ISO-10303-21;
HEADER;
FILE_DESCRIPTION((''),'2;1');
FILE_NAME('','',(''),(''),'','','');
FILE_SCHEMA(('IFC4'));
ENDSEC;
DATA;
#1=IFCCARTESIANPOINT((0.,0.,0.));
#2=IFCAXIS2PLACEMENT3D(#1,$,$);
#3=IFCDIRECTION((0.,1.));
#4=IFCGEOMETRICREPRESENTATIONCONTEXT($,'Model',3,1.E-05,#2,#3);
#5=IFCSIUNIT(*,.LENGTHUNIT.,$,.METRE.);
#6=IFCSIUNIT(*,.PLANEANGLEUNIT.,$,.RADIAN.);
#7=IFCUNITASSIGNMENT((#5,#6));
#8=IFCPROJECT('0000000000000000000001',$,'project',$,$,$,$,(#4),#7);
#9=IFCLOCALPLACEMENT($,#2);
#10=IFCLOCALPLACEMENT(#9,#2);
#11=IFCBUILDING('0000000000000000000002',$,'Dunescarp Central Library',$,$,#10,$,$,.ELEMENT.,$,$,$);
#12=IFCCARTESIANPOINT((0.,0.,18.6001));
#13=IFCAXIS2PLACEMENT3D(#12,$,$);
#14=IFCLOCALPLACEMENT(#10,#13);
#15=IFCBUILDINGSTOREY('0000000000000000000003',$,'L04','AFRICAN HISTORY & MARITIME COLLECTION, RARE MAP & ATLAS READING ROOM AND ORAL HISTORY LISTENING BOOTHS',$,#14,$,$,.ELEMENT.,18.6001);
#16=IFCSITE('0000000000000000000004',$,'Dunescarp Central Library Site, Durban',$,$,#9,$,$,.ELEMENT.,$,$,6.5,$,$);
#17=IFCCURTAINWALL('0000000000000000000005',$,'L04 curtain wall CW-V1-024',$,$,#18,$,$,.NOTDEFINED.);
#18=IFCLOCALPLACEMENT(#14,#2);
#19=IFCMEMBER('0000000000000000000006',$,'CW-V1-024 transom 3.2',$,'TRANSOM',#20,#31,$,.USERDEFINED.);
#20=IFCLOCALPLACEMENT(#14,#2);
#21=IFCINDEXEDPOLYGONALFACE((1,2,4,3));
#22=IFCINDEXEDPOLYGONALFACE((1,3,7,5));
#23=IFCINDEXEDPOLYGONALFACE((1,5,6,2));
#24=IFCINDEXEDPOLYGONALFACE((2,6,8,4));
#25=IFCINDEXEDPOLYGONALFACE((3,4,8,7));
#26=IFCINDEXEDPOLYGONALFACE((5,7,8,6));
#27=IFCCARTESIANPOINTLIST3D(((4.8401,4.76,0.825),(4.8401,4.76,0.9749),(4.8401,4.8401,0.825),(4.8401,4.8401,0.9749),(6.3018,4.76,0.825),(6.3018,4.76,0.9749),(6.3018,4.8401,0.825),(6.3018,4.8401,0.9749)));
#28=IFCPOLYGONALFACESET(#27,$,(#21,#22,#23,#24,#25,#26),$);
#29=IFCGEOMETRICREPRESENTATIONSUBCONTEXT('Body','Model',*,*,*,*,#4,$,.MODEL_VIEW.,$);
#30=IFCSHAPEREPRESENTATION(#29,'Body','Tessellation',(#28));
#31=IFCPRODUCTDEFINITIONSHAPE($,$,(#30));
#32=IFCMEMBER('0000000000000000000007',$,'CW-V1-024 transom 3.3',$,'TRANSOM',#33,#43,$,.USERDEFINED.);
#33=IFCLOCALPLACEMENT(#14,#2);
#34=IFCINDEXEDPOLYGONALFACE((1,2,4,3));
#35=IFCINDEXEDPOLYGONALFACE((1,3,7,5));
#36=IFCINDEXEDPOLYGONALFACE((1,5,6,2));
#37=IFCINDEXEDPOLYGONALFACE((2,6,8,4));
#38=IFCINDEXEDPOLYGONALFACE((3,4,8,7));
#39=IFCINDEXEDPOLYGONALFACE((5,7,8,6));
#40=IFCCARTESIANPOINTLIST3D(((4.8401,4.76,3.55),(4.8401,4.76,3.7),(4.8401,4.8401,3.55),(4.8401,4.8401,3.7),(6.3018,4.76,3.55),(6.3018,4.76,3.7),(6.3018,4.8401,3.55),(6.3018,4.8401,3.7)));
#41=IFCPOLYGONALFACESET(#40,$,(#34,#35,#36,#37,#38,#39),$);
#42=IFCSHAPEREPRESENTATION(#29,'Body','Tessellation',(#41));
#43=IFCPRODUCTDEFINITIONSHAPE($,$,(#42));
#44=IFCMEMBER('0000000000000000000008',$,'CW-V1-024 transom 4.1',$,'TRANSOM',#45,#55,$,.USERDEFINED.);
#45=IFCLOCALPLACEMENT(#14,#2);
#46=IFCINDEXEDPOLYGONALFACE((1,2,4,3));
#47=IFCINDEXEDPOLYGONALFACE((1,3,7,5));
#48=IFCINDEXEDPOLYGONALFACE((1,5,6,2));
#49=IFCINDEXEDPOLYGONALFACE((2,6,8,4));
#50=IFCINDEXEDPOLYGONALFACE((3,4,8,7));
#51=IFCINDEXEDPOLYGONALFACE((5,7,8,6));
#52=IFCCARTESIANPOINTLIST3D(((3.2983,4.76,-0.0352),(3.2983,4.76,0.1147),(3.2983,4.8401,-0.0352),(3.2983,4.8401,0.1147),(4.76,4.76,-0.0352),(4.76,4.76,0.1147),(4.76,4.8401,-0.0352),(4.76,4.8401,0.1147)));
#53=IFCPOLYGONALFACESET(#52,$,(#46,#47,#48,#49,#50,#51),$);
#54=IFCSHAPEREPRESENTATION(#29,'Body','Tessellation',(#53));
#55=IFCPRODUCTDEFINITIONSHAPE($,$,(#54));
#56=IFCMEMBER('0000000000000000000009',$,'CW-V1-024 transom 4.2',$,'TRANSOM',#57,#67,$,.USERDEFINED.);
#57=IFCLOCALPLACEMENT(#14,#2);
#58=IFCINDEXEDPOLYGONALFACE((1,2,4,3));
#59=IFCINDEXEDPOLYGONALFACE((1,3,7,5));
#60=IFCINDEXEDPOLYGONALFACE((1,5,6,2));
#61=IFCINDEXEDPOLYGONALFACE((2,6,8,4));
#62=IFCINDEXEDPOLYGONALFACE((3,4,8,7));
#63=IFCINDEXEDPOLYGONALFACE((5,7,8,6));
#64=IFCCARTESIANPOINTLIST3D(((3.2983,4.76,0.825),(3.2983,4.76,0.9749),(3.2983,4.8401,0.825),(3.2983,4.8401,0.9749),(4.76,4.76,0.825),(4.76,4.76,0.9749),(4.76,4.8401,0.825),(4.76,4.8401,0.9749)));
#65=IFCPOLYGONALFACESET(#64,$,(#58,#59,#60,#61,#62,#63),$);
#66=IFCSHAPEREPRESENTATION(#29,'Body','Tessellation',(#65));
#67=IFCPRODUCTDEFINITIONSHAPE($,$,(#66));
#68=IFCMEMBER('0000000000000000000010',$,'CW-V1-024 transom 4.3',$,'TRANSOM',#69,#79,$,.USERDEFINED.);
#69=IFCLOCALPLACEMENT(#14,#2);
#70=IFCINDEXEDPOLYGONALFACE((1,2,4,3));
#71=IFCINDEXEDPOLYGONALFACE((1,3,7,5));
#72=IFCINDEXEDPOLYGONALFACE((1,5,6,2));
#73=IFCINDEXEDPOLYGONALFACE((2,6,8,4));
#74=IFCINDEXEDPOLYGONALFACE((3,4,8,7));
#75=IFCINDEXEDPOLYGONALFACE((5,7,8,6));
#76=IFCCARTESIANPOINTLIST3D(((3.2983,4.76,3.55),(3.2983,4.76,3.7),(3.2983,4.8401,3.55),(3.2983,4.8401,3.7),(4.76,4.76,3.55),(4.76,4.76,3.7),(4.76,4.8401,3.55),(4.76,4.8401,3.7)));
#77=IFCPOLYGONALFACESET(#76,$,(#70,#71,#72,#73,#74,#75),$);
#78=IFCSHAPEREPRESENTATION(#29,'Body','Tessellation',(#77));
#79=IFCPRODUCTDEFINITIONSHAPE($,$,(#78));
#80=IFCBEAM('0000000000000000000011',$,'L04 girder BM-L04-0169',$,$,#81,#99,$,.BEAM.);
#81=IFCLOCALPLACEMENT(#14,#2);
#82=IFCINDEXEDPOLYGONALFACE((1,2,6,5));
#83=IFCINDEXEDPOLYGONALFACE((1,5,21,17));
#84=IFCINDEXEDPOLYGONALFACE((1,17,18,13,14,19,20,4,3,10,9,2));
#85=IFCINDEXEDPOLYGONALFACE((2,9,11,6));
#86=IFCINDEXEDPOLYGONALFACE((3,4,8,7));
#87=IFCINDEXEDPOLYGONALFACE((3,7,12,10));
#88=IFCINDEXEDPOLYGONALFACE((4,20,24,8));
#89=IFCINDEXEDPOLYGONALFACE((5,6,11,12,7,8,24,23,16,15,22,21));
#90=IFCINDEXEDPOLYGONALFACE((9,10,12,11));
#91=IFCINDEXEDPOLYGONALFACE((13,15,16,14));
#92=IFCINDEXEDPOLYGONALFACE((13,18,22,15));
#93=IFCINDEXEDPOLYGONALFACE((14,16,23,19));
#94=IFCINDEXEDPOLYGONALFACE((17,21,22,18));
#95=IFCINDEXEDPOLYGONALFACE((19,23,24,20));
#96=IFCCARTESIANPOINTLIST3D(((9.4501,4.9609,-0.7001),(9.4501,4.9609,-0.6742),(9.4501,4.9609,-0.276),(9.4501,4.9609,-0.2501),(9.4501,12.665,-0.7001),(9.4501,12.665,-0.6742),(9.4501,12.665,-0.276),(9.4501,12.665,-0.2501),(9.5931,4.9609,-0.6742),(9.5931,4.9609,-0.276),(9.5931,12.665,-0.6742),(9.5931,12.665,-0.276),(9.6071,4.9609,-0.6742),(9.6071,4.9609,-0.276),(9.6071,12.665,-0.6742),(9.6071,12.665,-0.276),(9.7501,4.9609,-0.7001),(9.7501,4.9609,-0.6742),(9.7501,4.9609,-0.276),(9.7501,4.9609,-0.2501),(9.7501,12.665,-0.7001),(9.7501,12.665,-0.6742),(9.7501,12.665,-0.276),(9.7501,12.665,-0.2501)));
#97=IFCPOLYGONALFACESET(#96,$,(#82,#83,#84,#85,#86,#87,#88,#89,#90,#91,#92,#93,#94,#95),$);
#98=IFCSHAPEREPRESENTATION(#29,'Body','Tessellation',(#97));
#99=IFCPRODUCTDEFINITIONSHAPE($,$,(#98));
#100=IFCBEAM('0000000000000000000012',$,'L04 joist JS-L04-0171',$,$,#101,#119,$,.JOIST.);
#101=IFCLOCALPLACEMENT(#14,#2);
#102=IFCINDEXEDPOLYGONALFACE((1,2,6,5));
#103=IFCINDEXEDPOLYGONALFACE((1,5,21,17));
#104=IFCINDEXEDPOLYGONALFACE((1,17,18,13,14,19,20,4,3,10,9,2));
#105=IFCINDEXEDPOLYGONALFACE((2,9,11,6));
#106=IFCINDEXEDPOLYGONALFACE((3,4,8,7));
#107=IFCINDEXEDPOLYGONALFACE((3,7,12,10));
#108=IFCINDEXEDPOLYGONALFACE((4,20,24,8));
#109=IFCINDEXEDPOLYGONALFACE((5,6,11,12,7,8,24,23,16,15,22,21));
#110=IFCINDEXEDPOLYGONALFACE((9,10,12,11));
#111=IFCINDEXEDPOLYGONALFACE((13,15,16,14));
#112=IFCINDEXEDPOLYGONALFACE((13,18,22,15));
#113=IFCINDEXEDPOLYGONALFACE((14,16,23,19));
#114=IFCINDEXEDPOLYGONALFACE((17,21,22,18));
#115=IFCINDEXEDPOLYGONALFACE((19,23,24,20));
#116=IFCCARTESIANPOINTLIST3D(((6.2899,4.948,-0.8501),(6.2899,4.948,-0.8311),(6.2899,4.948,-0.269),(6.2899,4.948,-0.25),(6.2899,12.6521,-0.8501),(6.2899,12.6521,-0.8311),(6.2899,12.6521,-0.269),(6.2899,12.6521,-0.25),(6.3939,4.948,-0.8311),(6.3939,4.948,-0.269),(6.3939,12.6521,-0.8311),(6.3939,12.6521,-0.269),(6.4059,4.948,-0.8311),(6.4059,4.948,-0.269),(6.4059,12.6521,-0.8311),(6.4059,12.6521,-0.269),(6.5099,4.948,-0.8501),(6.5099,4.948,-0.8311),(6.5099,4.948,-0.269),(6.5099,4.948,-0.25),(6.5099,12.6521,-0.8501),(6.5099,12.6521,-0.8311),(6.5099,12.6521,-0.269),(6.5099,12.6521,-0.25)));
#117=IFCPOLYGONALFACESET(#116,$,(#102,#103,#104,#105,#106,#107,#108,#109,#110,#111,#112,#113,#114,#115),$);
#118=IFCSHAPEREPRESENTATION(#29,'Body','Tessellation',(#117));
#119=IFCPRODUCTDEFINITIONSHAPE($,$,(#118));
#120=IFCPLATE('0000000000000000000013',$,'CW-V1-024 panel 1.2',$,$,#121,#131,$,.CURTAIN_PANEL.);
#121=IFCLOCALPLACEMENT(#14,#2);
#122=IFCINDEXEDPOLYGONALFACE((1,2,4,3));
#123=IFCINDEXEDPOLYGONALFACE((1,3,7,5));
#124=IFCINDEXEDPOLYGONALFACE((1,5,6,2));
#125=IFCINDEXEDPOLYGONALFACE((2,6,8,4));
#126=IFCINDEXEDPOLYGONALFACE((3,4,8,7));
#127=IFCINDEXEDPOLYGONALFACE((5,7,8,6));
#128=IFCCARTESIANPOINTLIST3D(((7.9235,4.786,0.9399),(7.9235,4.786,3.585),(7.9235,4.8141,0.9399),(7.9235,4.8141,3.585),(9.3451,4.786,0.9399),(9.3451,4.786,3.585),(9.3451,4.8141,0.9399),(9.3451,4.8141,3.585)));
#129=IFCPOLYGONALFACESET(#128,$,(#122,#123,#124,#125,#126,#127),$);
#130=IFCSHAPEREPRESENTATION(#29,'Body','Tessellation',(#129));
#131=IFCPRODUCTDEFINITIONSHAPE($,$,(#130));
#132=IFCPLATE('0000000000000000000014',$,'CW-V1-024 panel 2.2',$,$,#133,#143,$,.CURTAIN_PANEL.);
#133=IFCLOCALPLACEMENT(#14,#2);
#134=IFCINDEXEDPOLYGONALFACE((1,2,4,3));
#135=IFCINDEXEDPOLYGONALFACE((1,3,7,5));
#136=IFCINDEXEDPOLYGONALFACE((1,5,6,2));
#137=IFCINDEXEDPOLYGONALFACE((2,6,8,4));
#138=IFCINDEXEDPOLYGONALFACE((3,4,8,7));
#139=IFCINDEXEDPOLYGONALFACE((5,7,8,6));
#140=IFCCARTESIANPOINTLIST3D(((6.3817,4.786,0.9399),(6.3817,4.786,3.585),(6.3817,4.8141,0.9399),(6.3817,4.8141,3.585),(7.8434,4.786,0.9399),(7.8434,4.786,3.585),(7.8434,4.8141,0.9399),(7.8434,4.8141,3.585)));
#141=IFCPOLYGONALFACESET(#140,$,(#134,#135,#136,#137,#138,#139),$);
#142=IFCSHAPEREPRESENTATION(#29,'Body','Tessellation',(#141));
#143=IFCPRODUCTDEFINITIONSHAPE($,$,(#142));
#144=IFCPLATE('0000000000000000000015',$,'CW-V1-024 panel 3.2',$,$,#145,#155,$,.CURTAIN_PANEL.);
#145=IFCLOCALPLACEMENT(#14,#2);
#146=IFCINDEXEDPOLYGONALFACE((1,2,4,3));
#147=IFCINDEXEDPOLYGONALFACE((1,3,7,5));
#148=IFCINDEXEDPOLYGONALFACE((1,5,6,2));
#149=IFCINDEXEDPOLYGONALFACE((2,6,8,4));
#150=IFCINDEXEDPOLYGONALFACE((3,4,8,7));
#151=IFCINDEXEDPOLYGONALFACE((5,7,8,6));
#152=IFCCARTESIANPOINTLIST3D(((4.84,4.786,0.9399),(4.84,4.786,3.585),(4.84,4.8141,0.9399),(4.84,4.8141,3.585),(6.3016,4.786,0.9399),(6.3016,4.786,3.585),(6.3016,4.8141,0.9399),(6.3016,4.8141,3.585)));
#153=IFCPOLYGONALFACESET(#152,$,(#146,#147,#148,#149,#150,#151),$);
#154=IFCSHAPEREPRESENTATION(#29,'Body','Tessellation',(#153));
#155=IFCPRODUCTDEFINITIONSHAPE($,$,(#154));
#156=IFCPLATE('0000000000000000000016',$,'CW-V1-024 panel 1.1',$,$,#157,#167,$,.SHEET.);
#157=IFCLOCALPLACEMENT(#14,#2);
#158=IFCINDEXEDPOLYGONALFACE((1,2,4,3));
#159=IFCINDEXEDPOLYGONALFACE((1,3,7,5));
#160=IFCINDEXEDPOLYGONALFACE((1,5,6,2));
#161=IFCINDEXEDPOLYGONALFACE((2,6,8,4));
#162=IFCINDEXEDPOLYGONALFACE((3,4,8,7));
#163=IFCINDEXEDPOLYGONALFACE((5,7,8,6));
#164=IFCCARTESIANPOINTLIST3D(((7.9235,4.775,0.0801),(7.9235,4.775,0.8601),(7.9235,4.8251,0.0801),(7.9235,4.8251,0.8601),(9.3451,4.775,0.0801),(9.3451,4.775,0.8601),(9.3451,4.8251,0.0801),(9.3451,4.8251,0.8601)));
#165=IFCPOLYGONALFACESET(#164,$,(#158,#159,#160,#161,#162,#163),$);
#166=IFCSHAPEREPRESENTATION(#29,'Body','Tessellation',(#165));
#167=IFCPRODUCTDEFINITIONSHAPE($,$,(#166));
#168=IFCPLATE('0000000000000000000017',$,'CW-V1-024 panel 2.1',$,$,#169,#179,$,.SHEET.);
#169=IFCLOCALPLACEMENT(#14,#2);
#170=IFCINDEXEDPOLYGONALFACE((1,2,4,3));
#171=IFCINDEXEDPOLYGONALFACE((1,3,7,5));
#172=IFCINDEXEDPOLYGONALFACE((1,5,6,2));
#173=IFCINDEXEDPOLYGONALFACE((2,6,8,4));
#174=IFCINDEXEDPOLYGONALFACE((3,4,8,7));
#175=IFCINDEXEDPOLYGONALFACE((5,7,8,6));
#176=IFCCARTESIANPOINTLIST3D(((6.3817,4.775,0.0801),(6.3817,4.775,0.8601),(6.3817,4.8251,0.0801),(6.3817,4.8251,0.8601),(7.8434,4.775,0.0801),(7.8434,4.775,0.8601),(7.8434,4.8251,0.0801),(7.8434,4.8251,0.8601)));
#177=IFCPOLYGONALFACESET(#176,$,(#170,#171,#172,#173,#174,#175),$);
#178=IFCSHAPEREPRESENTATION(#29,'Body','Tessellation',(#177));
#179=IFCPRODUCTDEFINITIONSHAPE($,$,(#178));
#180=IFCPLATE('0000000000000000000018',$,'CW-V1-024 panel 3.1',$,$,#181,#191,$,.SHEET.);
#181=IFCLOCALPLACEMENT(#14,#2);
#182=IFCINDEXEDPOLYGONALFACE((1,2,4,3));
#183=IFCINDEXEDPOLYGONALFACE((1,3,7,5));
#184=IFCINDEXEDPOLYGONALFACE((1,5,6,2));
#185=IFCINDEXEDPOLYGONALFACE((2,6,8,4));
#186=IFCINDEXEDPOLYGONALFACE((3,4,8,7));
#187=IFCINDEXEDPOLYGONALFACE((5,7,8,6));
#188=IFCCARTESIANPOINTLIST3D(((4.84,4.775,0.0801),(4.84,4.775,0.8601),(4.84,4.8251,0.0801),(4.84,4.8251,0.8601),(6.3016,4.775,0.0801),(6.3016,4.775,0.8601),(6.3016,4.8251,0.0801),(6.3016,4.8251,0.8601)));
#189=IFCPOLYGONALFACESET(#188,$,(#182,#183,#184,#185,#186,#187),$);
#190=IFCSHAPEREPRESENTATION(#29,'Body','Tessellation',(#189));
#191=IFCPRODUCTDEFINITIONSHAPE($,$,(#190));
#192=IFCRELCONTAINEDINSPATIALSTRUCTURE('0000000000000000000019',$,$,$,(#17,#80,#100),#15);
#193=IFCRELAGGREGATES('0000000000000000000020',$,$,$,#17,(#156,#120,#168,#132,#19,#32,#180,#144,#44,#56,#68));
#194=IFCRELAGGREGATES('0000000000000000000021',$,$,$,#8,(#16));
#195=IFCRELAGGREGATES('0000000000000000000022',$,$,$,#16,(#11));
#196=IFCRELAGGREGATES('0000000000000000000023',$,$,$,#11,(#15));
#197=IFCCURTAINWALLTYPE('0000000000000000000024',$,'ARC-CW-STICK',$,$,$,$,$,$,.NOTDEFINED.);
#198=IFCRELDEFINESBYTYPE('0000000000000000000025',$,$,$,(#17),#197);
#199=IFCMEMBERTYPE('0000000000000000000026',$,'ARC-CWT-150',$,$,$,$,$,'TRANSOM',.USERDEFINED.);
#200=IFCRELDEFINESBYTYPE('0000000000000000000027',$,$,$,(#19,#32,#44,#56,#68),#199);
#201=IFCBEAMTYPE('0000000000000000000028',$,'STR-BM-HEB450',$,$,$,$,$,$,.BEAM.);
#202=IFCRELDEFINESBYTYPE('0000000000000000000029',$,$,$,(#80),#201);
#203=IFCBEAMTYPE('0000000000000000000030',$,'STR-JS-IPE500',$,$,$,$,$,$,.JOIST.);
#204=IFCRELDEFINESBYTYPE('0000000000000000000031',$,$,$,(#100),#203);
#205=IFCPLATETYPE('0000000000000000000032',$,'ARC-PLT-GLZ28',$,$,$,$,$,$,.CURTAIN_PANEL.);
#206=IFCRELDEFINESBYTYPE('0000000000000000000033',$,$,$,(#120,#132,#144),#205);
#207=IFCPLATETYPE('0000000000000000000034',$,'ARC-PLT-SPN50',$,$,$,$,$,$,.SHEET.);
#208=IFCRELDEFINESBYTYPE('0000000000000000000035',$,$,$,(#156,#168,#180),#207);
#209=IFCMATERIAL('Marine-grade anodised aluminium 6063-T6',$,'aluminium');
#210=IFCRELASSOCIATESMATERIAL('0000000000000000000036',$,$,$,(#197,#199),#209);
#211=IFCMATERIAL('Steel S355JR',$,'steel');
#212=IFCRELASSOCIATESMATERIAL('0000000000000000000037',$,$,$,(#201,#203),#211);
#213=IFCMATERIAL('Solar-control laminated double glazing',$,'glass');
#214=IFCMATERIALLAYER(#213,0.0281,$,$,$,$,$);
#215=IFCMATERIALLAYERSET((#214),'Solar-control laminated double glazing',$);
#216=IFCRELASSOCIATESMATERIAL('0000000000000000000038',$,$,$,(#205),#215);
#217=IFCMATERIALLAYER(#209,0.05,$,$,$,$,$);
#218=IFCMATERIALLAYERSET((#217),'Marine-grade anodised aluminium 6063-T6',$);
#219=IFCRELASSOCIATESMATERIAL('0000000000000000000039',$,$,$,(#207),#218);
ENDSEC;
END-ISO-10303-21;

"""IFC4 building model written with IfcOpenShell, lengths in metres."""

from ifc_helpers import new_model, si_unit, direction, frame, origin, origin_2d, place, context, subcontext, project, spatial, rectangle, i_section, extrude, material, layer, layer_set, material_profile, profile_set, type_object, element, aggregate, save


model = new_model("IFC4")

# Units and contexts
model_context = context("Model", 3, precision=1e-05, world=origin(), true_north=direction((0.0, 1.0)))
body_context = subcontext(model_context, "Body", "Model", "MODEL_VIEW")
ifc_project = project(units=[si_unit("LENGTHUNIT", "METRE"), si_unit("PLANEANGLEUNIT", "RADIAN")], contexts=[model_context])

# Site, building, storey
site_placement = place(None, origin())
site = spatial("IfcSite", under=ifc_project, at=site_placement, Name="Dunescarp Central Library Site, Durban", CompositionType="ELEMENT", RefElevation=6.5)
building_placement = place(site_placement, origin())
building = spatial("IfcBuilding", under=site, at=building_placement, Name="Dunescarp Central Library", CompositionType="ELEMENT")
storey_placement = place(building_placement, frame((0.0, 0.0, 18.6001)))
storey = spatial("IfcBuildingStorey", under=building, at=storey_placement, Name="L04", Description="AFRICAN HISTORY & MARITIME COLLECTION, RARE MAP & ATLAS READING ROOM AND ORAL HISTORY LISTENING BOOTHS", CompositionType="ELEMENT", Elevation=18.6001)

# Shared definitions
ifc_material_1 = material(Name="Steel S355JR", Category="steel")

# Curtain wall, members
ifc_material_2 = material(Name="Marine-grade anodised aluminium 6063-T6", Category="aluminium")
curtain_wall_type = type_object("IfcCurtainWallType", Name="ARC-CW-STICK", PredefinedType="NOTDEFINED", material=ifc_material_2)
curtain_wall_placement = place(storey_placement, origin())
curtain_wall = element("IfcCurtainWall", 1, at=curtain_wall_placement, inside=storey, type_object=curtain_wall_type, Name="L04 curtain wall CW-V1-024", PredefinedType="NOTDEFINED")
ifc_material_profile_1 = material_profile(ifc_material_2, rectangle(XDim=0.0801, YDim=0.1499, at=origin_2d()), Name="AL 80x150")
ifc_profile_set_1 = profile_set([ifc_material_profile_1], Name="Marine-grade anodised aluminium 6063-T6")
member_type_1 = type_object("IfcMemberType", Name="ARC-CWT-150", ElementType="TRANSOM", PredefinedType="USERDEFINED", material=ifc_profile_set_1)
member_1_placement = place(storey_placement, frame((6.3018, 4.8, 0.8999), z_axis=(-1.0, 0.0, 0.0), x_axis=(0.0, -1.0, 0.0)))
member_1 = element("IfcMember", 2, at=member_1_placement, type_object=member_type_1, Name="CW-V1-024 transom 3.2", ObjectType="TRANSOM", PredefinedType="USERDEFINED", context=body_context, shape_type="SweptSolid", body=[
    extrude(rectangle(XDim=0.0801, YDim=0.1499, at=origin_2d()), origin(), (0.0, 0.0, 1.0), 1.4617),
])
member_2_placement = place(storey_placement, frame((6.3018, 4.8, 3.625), z_axis=(-1.0, 0.0, 0.0), x_axis=(0.0, -1.0, 0.0)))
member_2 = element("IfcMember", 3, at=member_2_placement, type_object=member_type_1, Name="CW-V1-024 transom 3.3", ObjectType="TRANSOM", PredefinedType="USERDEFINED", context=body_context, shape_type="SweptSolid", body=[
    extrude(rectangle(XDim=0.0801, YDim=0.1499, at=origin_2d()), origin(), (0.0, 0.0, 1.0), 1.4617),
])
member_3_placement = place(storey_placement, frame((4.76, 4.8, 0.0398), z_axis=(-1.0, 0.0, 0.0), x_axis=(0.0, -1.0, 0.0)))
member_3 = element("IfcMember", 4, at=member_3_placement, type_object=member_type_1, Name="CW-V1-024 transom 4.1", ObjectType="TRANSOM", PredefinedType="USERDEFINED", context=body_context, shape_type="SweptSolid", body=[
    extrude(rectangle(XDim=0.0801, YDim=0.1499, at=origin_2d()), origin(), (0.0, 0.0, 1.0), 1.4617),
])
member_4_placement = place(storey_placement, frame((4.76, 4.8, 0.8999), z_axis=(-1.0, 0.0, 0.0), x_axis=(0.0, -1.0, 0.0)))
member_4 = element("IfcMember", 5, at=member_4_placement, type_object=member_type_1, Name="CW-V1-024 transom 4.2", ObjectType="TRANSOM", PredefinedType="USERDEFINED", context=body_context, shape_type="SweptSolid", body=[
    extrude(rectangle(XDim=0.0801, YDim=0.1499, at=origin_2d()), origin(), (0.0, 0.0, 1.0), 1.4617),
])
member_5_placement = place(storey_placement, frame((4.76, 4.8, 3.625), z_axis=(-1.0, 0.0, 0.0), x_axis=(0.0, -1.0, 0.0)))
member_5 = element("IfcMember", 6, at=member_5_placement, type_object=member_type_1, Name="CW-V1-024 transom 4.3", ObjectType="TRANSOM", PredefinedType="USERDEFINED", context=body_context, shape_type="SweptSolid", body=[
    extrude(rectangle(XDim=0.0801, YDim=0.1499, at=origin_2d()), origin(), (0.0, 0.0, 1.0), 1.4617),
])

# Beams
ifc_material_profile_2 = material_profile(ifc_material_1, i_section(OverallWidth=0.3, OverallDepth=0.45, WebThickness=0.0139, FlangeThickness=0.0259, at=origin_2d()), Name="HEB 450")
ifc_profile_set_2 = profile_set([ifc_material_profile_2], Name="Steel S355JR")
beam_type_1 = type_object("IfcBeamType", Name="STR-BM-HEB450", PredefinedType="BEAM", material=ifc_profile_set_2)
beam_1_placement = place(storey_placement, frame((9.6001, 4.9609, -0.4751), z_axis=(0.0, 1.0, 0.0), x_axis=(-1.0, 0.0, 0.0)))
element("IfcBeam", 7, at=beam_1_placement, inside=storey, type_object=beam_type_1, Name="L04 girder BM-L04-0169", PredefinedType="BEAM", context=body_context, shape_type="SweptSolid", body=[
    extrude(i_section(OverallWidth=0.3, OverallDepth=0.45, WebThickness=0.0139, FlangeThickness=0.0259, at=origin_2d()), origin(), (0.0, 0.0, 1.0), 7.7041),
])
ifc_material_profile_3 = material_profile(ifc_material_1, i_section(OverallWidth=0.22, OverallDepth=0.6001, WebThickness=0.012, FlangeThickness=0.019, at=origin_2d()), Name="IPE 600")
ifc_profile_set_3 = profile_set([ifc_material_profile_3], Name="Steel S355JR")
beam_type_2 = type_object("IfcBeamType", Name="STR-JS-IPE500", PredefinedType="JOIST", material=ifc_profile_set_3)
beam_2_placement = place(storey_placement, frame((6.3999, 4.948, -0.55), z_axis=(0.0, 1.0, 0.0), x_axis=(-1.0, 0.0, 0.0)))
element("IfcBeam", 8, at=beam_2_placement, inside=storey, type_object=beam_type_2, Name="L04 joist JS-L04-0171", PredefinedType="JOIST", context=body_context, shape_type="SweptSolid", body=[
    extrude(i_section(OverallWidth=0.22, OverallDepth=0.6001, WebThickness=0.012, FlangeThickness=0.019, at=origin_2d()), origin(), (0.0, 0.0, 1.0), 7.7041),
])

# Plates
ifc_material_3 = material(Name="Solar-control laminated double glazing", Category="glass")
ifc_layer_1 = layer(ifc_material_3, 0.0281)
ifc_layer_set_1 = layer_set([ifc_layer_1], Name="Solar-control laminated double glazing")
plate_type_1 = type_object("IfcPlateType", Name="ARC-PLT-GLZ28", PredefinedType="CURTAIN_PANEL", material=ifc_layer_set_1)
plate_1_placement = place(storey_placement, frame((8.6343, 4.8, 0.9399), z_axis=(0.0, 0.0, 1.0), x_axis=(-1.0, 0.0, 0.0)))
plate_1 = element("IfcPlate", 9, at=plate_1_placement, type_object=plate_type_1, Name="CW-V1-024 panel 1.2", PredefinedType="CURTAIN_PANEL", context=body_context, shape_type="SweptSolid", body=[
    extrude(rectangle(XDim=1.4216, YDim=0.0281, at=origin_2d()), origin(), (0.0, 0.0, 1.0), 2.645),
])
plate_2_placement = place(storey_placement, frame((7.1125, 4.8, 0.9399), z_axis=(0.0, 0.0, 1.0), x_axis=(-1.0, 0.0, 0.0)))
plate_2 = element("IfcPlate", 10, at=plate_2_placement, type_object=plate_type_1, Name="CW-V1-024 panel 2.2", PredefinedType="CURTAIN_PANEL", context=body_context, shape_type="SweptSolid", body=[
    extrude(rectangle(XDim=1.4617, YDim=0.0281, at=origin_2d()), origin(), (0.0, 0.0, 1.0), 2.645),
])
plate_3_placement = place(storey_placement, frame((5.5708, 4.8, 0.9399), z_axis=(0.0, 0.0, 1.0), x_axis=(-1.0, 0.0, 0.0)))
plate_3 = element("IfcPlate", 11, at=plate_3_placement, type_object=plate_type_1, Name="CW-V1-024 panel 3.2", PredefinedType="CURTAIN_PANEL", context=body_context, shape_type="SweptSolid", body=[
    extrude(rectangle(XDim=1.4617, YDim=0.0281, at=origin_2d()), origin(), (0.0, 0.0, 1.0), 2.645),
])
ifc_layer_2 = layer(ifc_material_2, 0.05)
ifc_layer_set_2 = layer_set([ifc_layer_2], Name="Marine-grade anodised aluminium 6063-T6")
plate_type_2 = type_object("IfcPlateType", Name="ARC-PLT-SPN50", PredefinedType="SHEET", material=ifc_layer_set_2)
plate_4_placement = place(storey_placement, frame((8.6343, 4.8, 0.0801), z_axis=(0.0, 0.0, 1.0), x_axis=(-1.0, 0.0, 0.0)))
plate_4 = element("IfcPlate", 12, at=plate_4_placement, type_object=plate_type_2, Name="CW-V1-024 panel 1.1", PredefinedType="SHEET", context=body_context, shape_type="SweptSolid", body=[
    extrude(rectangle(XDim=1.4216, YDim=0.05, at=origin_2d()), origin(), (0.0, 0.0, 1.0), 0.78),
])
plate_5_placement = place(storey_placement, frame((7.1125, 4.8, 0.0801), z_axis=(0.0, 0.0, 1.0), x_axis=(-1.0, 0.0, 0.0)))
plate_5 = element("IfcPlate", 13, at=plate_5_placement, type_object=plate_type_2, Name="CW-V1-024 panel 2.1", PredefinedType="SHEET", context=body_context, shape_type="SweptSolid", body=[
    extrude(rectangle(XDim=1.4617, YDim=0.05, at=origin_2d()), origin(), (0.0, 0.0, 1.0), 0.78),
])
plate_6_placement = place(storey_placement, frame((5.5708, 4.8, 0.0801), z_axis=(0.0, 0.0, 1.0), x_axis=(-1.0, 0.0, 0.0)))
plate_6 = element("IfcPlate", 14, at=plate_6_placement, type_object=plate_type_2, Name="CW-V1-024 panel 3.1", PredefinedType="SHEET", context=body_context, shape_type="SweptSolid", body=[
    extrude(rectangle(XDim=1.4617, YDim=0.05, at=origin_2d()), origin(), (0.0, 0.0, 1.0), 0.78),
])
aggregate(curtain_wall, [plate_4, plate_1, plate_5, plate_2, member_1, member_2, plate_6, plate_3, member_3, member_4, member_5])

save(model, "model.ifc")
